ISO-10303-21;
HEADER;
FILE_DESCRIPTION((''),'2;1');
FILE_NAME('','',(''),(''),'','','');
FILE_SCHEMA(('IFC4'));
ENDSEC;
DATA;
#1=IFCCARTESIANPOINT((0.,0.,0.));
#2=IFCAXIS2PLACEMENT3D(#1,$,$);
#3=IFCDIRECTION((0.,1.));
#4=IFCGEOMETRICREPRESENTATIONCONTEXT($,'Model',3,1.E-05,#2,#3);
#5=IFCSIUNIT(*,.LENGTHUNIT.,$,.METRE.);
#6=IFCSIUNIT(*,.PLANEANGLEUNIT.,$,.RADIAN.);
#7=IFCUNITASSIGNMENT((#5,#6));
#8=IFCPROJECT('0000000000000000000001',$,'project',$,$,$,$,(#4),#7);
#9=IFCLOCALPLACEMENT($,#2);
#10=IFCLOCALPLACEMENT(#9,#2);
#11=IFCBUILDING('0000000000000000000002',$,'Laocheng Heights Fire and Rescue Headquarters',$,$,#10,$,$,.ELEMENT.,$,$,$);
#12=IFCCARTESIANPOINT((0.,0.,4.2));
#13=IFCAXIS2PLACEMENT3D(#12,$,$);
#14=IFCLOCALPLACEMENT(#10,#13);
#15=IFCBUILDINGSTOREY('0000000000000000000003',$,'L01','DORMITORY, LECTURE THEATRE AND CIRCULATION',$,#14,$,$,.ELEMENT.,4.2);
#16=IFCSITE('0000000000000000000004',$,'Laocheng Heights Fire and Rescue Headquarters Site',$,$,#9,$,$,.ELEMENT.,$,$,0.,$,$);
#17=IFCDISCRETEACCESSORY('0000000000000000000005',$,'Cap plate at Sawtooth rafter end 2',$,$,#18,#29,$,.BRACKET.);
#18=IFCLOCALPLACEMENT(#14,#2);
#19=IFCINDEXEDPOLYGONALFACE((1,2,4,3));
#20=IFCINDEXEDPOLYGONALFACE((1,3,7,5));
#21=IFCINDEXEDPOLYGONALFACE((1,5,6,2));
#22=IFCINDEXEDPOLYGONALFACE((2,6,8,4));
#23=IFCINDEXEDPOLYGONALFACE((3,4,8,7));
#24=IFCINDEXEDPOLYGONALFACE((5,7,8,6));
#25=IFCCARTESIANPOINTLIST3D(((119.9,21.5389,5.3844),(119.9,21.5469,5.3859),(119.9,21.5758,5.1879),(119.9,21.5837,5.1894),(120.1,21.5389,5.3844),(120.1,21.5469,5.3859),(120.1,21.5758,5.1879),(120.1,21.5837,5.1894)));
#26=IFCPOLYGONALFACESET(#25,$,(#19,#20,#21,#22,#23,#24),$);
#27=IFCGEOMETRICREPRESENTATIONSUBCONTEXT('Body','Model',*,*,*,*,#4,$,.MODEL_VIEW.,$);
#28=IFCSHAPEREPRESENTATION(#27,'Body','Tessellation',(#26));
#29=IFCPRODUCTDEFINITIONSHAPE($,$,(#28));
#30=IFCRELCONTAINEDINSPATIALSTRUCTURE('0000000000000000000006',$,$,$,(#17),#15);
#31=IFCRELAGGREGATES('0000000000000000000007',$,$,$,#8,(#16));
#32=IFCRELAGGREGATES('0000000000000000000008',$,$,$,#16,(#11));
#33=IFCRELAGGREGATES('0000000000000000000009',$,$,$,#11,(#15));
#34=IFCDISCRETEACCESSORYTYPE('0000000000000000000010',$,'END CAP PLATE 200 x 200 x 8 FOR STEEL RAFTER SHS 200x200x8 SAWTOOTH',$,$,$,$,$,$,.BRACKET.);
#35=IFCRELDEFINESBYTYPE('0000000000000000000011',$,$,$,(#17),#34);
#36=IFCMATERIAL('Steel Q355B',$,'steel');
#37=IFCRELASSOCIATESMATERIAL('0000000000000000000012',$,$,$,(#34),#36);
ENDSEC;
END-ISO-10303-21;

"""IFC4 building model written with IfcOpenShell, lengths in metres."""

from ifc_helpers import new_model, si_unit, direction, frame, origin, origin_2d, place, context, subcontext, project, spatial, rectangle, extrude, material, material_profile, profile_set, type_object, element, save


model = new_model("IFC4")

# Units and contexts
model_context = context("Model", 3, precision=1e-05, world=origin(), true_north=direction((0.0, 1.0)))
body_context = subcontext(model_context, "Body", "Model", "MODEL_VIEW")
ifc_project = project(units=[si_unit("LENGTHUNIT", "METRE"), si_unit("PLANEANGLEUNIT", "RADIAN")], contexts=[model_context])

# Site, building, storey
site_placement = place(None, origin())
site = spatial("IfcSite", under=ifc_project, at=site_placement, Name="Laocheng Heights Fire and Rescue Headquarters Site", CompositionType="ELEMENT", RefElevation=0.0)
building_placement = place(site_placement, origin())
building = spatial("IfcBuilding", under=site, at=building_placement, Name="Laocheng Heights Fire and Rescue Headquarters", CompositionType="ELEMENT")
storey_placement = place(building_placement, frame((0.0, 0.0, 4.2)))
storey = spatial("IfcBuildingStorey", under=building, at=storey_placement, Name="L01", Description="DORMITORY, LECTURE THEATRE AND CIRCULATION", CompositionType="ELEMENT", Elevation=4.2)

# Discrete accessory
ifc_material_1 = material(Name="Steel Q355B", Category="steel")
ifc_material_profile_1 = material_profile(ifc_material_1, rectangle(XDim=0.2, YDim=0.2, at=origin_2d()), Name="END CAP PLATE 200 x 200 x 8 FOR STEEL RAFTER SHS 200x200x8 SAWTOOTH")
ifc_profile_set_1 = profile_set([ifc_material_profile_1], Name="Steel Q355B")
discrete_accessory_type_1 = type_object("IfcDiscreteAccessoryType", Name="END CAP PLATE 200 x 200 x 8 FOR STEEL RAFTER SHS 200x200x8 SAWTOOTH", PredefinedType="BRACKET", material=ifc_profile_set_1)
discrete_accessory_placement = place(storey_placement, frame((120.0, 21.5574, 5.2861), z_axis=(0.0, 0.982872, 0.184289), x_axis=(-1.0, 0.0, 0.0)))
element("IfcDiscreteAccessory", 1, at=discrete_accessory_placement, inside=storey, type_object=discrete_accessory_type_1, Name="Cap plate at Sawtooth rafter end 2", PredefinedType="BRACKET", context=body_context, shape_type="SweptSolid", body=[
    extrude(rectangle(XDim=0.2, YDim=0.2, at=origin_2d()), origin(), (0.0, 0.0, 1.0), 0.0081),
])

save(model, "model.ifc")
